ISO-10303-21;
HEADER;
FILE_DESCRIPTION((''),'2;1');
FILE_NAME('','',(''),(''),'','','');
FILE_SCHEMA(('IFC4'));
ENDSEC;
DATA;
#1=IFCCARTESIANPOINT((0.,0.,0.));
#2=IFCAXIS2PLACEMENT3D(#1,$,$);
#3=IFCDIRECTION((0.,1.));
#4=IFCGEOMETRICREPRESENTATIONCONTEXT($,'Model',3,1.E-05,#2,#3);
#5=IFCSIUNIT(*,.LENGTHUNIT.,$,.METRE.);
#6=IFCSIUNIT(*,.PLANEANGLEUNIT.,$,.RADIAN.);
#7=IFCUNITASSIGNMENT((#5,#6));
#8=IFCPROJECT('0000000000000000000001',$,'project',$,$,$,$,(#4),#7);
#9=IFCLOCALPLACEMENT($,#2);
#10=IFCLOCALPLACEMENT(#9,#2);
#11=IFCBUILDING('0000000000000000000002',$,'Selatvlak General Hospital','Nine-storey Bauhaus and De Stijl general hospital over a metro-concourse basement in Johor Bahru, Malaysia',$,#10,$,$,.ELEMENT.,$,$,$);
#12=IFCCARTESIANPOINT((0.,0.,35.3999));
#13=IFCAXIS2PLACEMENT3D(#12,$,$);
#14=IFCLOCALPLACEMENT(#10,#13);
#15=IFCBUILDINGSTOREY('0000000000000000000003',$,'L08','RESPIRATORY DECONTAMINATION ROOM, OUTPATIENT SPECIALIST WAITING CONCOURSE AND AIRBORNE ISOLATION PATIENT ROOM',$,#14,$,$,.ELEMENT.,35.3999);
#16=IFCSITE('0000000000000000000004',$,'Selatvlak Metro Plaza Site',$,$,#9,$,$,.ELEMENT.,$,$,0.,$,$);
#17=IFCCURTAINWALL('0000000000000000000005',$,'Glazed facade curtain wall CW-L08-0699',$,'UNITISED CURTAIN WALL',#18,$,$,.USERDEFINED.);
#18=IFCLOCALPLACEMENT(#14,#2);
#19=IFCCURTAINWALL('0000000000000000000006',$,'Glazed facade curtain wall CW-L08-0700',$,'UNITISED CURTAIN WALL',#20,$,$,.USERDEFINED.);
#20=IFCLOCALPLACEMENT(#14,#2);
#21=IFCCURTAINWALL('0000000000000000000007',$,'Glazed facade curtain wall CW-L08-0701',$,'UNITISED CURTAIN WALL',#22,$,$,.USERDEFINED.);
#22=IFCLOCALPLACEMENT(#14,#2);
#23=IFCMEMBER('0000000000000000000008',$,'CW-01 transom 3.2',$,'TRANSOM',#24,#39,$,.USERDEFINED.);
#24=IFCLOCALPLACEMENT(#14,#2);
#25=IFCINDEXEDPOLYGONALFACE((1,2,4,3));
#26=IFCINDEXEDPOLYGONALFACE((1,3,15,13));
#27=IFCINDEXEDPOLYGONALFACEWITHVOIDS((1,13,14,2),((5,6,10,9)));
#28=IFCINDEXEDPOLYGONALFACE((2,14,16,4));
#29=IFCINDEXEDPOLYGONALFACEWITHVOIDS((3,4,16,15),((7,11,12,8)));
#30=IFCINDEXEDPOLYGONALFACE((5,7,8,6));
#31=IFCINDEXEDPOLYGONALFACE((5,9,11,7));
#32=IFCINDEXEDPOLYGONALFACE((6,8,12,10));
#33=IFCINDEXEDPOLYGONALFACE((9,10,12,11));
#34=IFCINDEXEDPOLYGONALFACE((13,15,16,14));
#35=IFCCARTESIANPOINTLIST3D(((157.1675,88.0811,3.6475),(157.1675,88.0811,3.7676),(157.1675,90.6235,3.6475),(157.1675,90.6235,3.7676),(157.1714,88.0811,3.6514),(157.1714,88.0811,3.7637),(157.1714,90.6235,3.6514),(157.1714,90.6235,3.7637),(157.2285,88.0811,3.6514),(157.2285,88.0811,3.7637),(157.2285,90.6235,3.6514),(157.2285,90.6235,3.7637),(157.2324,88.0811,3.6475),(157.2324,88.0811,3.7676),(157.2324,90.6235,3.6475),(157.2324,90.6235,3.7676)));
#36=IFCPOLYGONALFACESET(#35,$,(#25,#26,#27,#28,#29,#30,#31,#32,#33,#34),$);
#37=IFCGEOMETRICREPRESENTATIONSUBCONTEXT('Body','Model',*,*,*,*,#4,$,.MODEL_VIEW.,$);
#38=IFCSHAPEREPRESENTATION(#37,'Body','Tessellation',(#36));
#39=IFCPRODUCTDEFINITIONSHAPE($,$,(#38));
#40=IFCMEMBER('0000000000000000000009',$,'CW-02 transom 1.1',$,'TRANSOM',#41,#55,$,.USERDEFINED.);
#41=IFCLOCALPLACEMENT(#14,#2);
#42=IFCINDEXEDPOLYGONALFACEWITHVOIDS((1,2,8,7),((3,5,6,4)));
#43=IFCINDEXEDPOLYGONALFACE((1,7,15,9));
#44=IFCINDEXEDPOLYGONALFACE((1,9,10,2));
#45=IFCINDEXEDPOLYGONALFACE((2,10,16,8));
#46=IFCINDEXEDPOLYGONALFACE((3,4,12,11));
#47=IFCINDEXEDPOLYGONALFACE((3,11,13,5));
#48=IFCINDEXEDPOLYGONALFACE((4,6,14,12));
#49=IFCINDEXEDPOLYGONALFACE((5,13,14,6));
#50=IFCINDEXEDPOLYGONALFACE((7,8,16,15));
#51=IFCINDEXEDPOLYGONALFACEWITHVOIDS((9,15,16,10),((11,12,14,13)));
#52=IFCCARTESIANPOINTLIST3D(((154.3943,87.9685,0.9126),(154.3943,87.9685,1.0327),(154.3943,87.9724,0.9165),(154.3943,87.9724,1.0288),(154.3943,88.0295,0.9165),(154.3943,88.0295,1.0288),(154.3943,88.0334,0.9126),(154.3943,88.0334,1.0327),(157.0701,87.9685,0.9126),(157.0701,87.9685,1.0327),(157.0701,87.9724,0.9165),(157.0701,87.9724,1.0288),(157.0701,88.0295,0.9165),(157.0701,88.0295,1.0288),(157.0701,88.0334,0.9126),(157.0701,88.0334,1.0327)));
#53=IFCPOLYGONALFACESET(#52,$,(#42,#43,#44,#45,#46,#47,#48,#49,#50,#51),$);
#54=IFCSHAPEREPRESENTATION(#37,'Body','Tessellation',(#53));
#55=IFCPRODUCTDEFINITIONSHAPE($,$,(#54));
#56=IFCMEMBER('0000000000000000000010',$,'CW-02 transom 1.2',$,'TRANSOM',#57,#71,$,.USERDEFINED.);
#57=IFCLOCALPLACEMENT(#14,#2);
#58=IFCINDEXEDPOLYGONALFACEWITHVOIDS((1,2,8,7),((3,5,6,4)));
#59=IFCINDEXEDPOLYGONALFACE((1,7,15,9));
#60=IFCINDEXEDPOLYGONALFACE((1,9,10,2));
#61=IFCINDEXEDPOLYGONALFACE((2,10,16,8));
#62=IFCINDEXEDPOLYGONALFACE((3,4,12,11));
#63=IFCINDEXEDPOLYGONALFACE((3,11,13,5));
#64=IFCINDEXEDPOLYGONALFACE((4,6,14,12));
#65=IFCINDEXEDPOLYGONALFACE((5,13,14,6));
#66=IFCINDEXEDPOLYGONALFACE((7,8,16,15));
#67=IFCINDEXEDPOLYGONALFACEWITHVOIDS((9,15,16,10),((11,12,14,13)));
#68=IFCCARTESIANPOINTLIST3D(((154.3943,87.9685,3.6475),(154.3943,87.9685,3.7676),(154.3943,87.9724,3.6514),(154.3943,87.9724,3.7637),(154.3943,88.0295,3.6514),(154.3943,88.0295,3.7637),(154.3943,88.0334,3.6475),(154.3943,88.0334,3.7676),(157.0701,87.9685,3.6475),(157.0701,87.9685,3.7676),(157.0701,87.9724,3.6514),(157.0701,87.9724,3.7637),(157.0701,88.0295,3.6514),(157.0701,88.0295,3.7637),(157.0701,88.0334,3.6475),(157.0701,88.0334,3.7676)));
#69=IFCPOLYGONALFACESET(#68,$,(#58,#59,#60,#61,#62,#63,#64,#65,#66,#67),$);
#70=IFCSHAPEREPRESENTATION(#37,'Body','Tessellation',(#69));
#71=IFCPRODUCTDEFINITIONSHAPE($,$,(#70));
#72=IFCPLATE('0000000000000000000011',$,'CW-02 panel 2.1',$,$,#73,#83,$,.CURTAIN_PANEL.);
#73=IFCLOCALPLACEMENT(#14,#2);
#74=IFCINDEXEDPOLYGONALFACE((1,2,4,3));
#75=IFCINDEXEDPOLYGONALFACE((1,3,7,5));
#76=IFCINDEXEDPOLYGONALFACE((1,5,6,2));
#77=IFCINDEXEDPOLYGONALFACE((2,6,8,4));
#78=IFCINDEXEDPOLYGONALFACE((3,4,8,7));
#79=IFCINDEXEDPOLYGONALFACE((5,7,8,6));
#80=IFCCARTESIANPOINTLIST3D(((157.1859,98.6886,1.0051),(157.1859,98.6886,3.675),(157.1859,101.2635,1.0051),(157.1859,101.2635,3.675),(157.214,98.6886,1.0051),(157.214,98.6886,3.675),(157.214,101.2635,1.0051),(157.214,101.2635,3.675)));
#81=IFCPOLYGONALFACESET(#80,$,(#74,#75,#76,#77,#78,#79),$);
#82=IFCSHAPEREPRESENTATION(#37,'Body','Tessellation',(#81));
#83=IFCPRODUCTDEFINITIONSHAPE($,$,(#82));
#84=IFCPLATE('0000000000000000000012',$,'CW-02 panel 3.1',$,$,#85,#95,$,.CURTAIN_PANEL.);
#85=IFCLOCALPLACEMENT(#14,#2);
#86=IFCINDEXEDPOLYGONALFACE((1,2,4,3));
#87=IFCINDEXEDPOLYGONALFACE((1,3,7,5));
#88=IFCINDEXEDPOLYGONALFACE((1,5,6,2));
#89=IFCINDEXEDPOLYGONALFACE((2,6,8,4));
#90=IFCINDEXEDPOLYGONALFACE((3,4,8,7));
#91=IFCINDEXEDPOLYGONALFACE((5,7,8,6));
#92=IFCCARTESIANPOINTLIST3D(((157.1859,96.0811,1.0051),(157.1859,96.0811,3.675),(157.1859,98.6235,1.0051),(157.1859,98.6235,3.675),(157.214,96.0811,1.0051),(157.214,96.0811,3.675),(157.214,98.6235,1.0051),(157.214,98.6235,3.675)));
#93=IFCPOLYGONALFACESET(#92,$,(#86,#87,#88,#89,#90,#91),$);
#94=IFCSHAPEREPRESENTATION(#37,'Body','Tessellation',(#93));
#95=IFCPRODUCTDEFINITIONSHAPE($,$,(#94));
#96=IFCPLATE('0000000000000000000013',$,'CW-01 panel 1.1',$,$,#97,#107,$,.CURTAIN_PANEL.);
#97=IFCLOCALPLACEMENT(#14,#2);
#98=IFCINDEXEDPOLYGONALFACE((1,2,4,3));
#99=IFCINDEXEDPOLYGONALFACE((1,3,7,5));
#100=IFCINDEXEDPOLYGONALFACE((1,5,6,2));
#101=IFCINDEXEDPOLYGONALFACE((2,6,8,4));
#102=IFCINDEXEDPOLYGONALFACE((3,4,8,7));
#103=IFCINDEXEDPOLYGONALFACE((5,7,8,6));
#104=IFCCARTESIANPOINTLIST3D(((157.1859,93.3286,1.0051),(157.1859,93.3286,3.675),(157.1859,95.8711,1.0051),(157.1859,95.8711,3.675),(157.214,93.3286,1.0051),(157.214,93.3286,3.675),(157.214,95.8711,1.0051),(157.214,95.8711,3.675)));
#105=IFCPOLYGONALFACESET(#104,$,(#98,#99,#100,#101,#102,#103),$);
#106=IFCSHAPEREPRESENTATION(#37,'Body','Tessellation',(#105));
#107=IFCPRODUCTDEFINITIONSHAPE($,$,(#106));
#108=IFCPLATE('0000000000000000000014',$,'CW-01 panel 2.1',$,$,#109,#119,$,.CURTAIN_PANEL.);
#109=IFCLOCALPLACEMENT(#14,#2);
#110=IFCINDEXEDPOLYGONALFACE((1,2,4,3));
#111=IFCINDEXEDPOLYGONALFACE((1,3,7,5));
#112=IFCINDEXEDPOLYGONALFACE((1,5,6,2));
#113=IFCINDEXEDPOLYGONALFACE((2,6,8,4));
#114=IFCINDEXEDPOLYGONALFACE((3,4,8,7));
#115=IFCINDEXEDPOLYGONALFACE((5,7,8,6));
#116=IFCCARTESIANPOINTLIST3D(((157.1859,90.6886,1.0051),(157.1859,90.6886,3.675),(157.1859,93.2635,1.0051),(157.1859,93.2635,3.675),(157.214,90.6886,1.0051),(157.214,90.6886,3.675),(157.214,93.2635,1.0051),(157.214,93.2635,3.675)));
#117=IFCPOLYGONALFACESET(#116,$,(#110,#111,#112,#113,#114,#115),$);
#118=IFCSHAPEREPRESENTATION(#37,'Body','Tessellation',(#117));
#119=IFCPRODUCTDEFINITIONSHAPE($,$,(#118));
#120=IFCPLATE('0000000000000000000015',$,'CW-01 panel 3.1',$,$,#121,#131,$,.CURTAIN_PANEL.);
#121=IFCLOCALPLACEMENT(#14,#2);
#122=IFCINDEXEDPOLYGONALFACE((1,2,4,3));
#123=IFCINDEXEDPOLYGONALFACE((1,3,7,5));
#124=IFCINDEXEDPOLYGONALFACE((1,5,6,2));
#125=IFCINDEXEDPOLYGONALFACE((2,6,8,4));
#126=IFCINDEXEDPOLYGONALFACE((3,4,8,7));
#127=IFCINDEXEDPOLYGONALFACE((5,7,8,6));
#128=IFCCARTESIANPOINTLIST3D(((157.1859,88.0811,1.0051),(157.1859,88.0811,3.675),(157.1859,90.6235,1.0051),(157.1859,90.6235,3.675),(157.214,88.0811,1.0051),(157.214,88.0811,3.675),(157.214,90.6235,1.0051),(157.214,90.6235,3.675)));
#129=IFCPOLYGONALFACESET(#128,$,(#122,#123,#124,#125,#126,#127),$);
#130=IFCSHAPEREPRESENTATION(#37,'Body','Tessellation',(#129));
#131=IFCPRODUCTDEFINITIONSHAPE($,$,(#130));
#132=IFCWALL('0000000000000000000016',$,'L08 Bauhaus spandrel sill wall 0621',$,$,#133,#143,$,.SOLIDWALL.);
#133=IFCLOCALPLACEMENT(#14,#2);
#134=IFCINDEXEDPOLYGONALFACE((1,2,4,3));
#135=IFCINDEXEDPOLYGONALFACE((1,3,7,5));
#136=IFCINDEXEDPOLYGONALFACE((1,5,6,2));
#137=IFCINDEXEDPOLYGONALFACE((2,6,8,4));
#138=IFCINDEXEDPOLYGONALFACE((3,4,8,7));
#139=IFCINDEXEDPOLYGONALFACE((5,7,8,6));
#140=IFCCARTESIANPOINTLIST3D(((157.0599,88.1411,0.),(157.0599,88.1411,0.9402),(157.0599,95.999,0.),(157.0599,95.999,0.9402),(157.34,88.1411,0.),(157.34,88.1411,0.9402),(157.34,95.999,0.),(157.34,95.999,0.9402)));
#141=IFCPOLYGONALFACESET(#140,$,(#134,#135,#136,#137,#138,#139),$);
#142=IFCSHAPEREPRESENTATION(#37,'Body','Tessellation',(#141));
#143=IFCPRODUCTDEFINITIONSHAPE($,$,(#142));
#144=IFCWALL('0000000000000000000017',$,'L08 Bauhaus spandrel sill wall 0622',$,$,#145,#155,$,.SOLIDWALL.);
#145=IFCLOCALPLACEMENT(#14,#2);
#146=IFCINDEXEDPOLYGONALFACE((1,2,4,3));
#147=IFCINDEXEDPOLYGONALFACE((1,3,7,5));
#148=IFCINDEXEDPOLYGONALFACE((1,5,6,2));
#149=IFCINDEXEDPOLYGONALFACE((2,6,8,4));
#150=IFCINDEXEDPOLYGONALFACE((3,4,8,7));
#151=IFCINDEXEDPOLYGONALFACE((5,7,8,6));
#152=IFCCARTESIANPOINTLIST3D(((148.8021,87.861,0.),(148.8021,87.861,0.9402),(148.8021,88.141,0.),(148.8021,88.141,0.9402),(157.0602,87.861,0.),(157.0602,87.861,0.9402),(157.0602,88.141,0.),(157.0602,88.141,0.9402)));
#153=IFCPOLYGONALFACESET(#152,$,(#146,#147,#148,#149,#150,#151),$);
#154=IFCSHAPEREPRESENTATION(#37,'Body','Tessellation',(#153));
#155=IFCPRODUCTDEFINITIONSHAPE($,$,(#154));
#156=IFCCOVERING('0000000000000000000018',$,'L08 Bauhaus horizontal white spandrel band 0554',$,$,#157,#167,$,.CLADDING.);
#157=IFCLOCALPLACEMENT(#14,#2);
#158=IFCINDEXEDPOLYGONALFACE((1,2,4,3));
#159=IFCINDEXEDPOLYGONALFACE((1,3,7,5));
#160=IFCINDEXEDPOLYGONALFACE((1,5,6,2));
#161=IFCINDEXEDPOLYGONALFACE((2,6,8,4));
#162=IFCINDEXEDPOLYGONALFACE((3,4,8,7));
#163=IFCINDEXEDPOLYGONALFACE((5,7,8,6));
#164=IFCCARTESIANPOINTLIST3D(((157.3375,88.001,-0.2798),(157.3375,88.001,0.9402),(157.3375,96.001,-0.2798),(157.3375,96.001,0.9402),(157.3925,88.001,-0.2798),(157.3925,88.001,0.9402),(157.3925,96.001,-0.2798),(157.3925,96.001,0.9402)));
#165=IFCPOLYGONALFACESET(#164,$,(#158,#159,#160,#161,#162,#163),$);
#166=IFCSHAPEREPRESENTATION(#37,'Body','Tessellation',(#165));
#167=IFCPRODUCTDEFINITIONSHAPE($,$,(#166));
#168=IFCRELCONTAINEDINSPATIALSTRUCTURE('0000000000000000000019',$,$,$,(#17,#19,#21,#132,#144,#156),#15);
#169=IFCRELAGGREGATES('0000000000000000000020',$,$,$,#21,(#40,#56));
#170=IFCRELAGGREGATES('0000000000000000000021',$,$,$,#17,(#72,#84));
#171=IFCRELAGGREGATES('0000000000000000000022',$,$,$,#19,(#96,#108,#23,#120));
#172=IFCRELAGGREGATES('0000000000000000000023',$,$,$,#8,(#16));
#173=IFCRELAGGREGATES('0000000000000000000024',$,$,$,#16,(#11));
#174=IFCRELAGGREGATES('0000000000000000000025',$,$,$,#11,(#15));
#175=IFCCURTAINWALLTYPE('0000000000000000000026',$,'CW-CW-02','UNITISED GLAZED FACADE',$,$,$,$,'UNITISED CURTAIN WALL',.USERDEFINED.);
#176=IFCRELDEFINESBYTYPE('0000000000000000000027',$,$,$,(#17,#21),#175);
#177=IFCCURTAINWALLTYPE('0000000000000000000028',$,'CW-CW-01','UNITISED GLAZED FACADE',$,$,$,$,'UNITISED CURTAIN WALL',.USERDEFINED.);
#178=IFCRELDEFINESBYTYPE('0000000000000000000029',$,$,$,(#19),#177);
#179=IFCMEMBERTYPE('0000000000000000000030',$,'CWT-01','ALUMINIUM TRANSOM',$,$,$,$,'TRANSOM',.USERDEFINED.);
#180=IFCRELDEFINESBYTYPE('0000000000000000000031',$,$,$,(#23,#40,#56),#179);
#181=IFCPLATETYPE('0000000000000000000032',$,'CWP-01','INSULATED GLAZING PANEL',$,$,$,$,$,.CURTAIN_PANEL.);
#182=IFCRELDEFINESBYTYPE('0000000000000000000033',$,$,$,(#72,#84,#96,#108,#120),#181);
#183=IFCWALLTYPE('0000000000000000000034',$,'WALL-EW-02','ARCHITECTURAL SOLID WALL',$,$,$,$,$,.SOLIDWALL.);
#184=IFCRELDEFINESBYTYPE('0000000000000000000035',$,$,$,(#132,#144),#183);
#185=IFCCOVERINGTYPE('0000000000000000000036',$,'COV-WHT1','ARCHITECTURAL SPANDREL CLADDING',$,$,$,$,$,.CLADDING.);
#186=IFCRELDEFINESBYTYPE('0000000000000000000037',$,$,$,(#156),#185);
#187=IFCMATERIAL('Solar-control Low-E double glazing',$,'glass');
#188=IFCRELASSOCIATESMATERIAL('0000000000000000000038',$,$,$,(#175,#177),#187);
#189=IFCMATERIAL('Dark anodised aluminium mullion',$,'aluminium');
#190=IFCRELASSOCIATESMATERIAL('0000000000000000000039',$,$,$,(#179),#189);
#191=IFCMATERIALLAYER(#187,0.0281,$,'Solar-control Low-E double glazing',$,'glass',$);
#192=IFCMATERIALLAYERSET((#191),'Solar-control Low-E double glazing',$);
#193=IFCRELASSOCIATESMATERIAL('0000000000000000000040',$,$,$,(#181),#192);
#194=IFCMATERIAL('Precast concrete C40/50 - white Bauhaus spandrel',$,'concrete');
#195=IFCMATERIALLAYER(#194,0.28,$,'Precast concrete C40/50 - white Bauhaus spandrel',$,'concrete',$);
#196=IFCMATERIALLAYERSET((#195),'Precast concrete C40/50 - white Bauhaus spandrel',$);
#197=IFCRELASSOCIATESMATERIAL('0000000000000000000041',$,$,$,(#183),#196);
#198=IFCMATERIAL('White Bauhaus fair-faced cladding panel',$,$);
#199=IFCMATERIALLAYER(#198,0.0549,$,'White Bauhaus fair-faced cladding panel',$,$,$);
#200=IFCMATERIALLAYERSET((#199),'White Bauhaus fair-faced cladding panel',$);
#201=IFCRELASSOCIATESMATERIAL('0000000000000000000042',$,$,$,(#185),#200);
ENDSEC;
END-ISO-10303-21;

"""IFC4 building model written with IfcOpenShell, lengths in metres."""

from ifc_helpers import new_model, si_unit, direction, frame, frame_2d, origin, origin_2d, place, context, subcontext, project, spatial, rectangle, hollow_rectangle, extrude, material, layer, layer_set, material_profile, profile_set, type_object, element, aggregate, save


model = new_model("IFC4")

# Units and contexts
model_context = context("Model", 3, precision=1e-05, world=origin(), true_north=direction((0.0, 1.0)))
body_context = subcontext(model_context, "Body", "Model", "MODEL_VIEW")
ifc_project = project(units=[si_unit("LENGTHUNIT", "METRE"), si_unit("PLANEANGLEUNIT", "RADIAN")], contexts=[model_context])

# Site, building, storey
site_placement = place(None, origin())
site = spatial("IfcSite", under=ifc_project, at=site_placement, Name="Selatvlak Metro Plaza Site", CompositionType="ELEMENT", RefElevation=0.0)
building_placement = place(site_placement, origin())
building = spatial("IfcBuilding", under=site, at=building_placement, Name="Selatvlak General Hospital", Description="Nine-storey Bauhaus and De Stijl general hospital over a metro-concourse basement in Johor Bahru, Malaysia", CompositionType="ELEMENT")
storey_placement = place(building_placement, frame((0.0, 0.0, 35.3999)))
storey = spatial("IfcBuildingStorey", under=building, at=storey_placement, Name="L08", Description="RESPIRATORY DECONTAMINATION ROOM, OUTPATIENT SPECIALIST WAITING CONCOURSE AND AIRBORNE ISOLATION PATIENT ROOM", CompositionType="ELEMENT", Elevation=35.3999)

# Curtain walls
ifc_material_1 = material(Name="Solar-control Low-E double glazing", Category="glass")
curtain_wall_type_1 = type_object("IfcCurtainWallType", Name="CW-CW-02", Description="UNITISED GLAZED FACADE", ElementType="UNITISED CURTAIN WALL", PredefinedType="USERDEFINED", material=ifc_material_1)
curtain_wall_1_placement = place(storey_placement, origin())
curtain_wall_1 = element("IfcCurtainWall", 1, at=curtain_wall_1_placement, inside=storey, type_object=curtain_wall_type_1, Name="Glazed facade curtain wall CW-L08-0699", ObjectType="UNITISED CURTAIN WALL", PredefinedType="USERDEFINED")
ifc_material_2 = material(Name="Dark anodised aluminium mullion", Category="aluminium")
curtain_wall_type_2 = type_object("IfcCurtainWallType", Name="CW-CW-01", Description="UNITISED GLAZED FACADE", ElementType="UNITISED CURTAIN WALL", PredefinedType="USERDEFINED", material=ifc_material_1)
curtain_wall_2_placement = place(storey_placement, origin())
curtain_wall_2 = element("IfcCurtainWall", 2, at=curtain_wall_2_placement, inside=storey, type_object=curtain_wall_type_2, Name="Glazed facade curtain wall CW-L08-0700", ObjectType="UNITISED CURTAIN WALL", PredefinedType="USERDEFINED")

# Curtain wall
curtain_wall_3_placement = place(storey_placement, origin())
curtain_wall_3 = element("IfcCurtainWall", 3, at=curtain_wall_3_placement, inside=storey, type_object=curtain_wall_type_1, Name="Glazed facade curtain wall CW-L08-0701", ObjectType="UNITISED CURTAIN WALL", PredefinedType="USERDEFINED")

# Members
ifc_material_profile_1 = material_profile(ifc_material_2, hollow_rectangle(XDim=0.0649, YDim=0.1201, WallThickness=0.0039, at=origin_2d()), Name="AL-TRN 65x120x4")
ifc_profile_set_1 = profile_set([ifc_material_profile_1], Name="Dark anodised aluminium mullion")
member_type_1 = type_object("IfcMemberType", Name="CWT-01", Description="ALUMINIUM TRANSOM", ElementType="TRANSOM", PredefinedType="USERDEFINED", material=ifc_profile_set_1)
member_1_placement = place(storey_placement, frame((157.2, 90.6235, 3.7075), z_axis=(0.0, -1.0, 0.0), x_axis=(1.0, 0.0, 0.0)))
member_1 = element("IfcMember", 4, at=member_1_placement, type_object=member_type_1, Name="CW-01 transom 3.2", ObjectType="TRANSOM", PredefinedType="USERDEFINED", context=body_context, shape_type="SweptSolid", body=[
    extrude(hollow_rectangle(XDim=0.0649, YDim=0.1201, WallThickness=0.0039, at=origin_2d()), origin(), (0.0, 0.0, 1.0), 2.5425),
])
member_2_placement = place(storey_placement, frame((157.0701, 88.001, 0.9727), z_axis=(-1.0, 0.0, 0.0), x_axis=(0.0, -1.0, 0.0)))
member_2 = element("IfcMember", 5, at=member_2_placement, type_object=member_type_1, Name="CW-02 transom 1.1", ObjectType="TRANSOM", PredefinedType="USERDEFINED", context=body_context, shape_type="SweptSolid", body=[
    extrude(hollow_rectangle(XDim=0.0649, YDim=0.1201, WallThickness=0.0039, at=origin_2d()), origin(), (0.0, 0.0, 1.0), 2.6758),
])
member_3_placement = place(storey_placement, frame((157.0701, 88.001, 3.7075), z_axis=(-1.0, 0.0, 0.0), x_axis=(0.0, -1.0, 0.0)))
member_3 = element("IfcMember", 6, at=member_3_placement, type_object=member_type_1, Name="CW-02 transom 1.2", ObjectType="TRANSOM", PredefinedType="USERDEFINED", context=body_context, shape_type="SweptSolid", body=[
    extrude(hollow_rectangle(XDim=0.0649, YDim=0.1201, WallThickness=0.0039, at=origin_2d()), origin(), (0.0, 0.0, 1.0), 2.6758),
])
aggregate(curtain_wall_3, [member_2, member_3])

# Plates
ifc_layer_1 = layer(ifc_material_1, 0.0281, Name="Solar-control Low-E double glazing", Category="glass")
ifc_layer_set_1 = layer_set([ifc_layer_1], Name="Solar-control Low-E double glazing")
plate_type = type_object("IfcPlateType", Name="CWP-01", Description="INSULATED GLAZING PANEL", PredefinedType="CURTAIN_PANEL", material=ifc_layer_set_1)
plate_1_placement = place(storey_placement, frame((157.2, 99.9761, 1.0051), z_axis=(0.0, 0.0, 1.0), x_axis=(0.0, -1.0, 0.0)))
plate_1 = element("IfcPlate", 7, at=plate_1_placement, type_object=plate_type, Name="CW-02 panel 2.1", PredefinedType="CURTAIN_PANEL", context=body_context, shape_type="SweptSolid", body=[
    extrude(rectangle(XDim=2.575, YDim=0.0281, at=origin_2d()), origin(), (0.0, 0.0, 1.0), 2.6699),
])
plate_2_placement = place(storey_placement, frame((157.2, 97.3523, 1.0051), z_axis=(0.0, 0.0, 1.0), x_axis=(0.0, -1.0, 0.0)))
plate_2 = element("IfcPlate", 8, at=plate_2_placement, type_object=plate_type, Name="CW-02 panel 3.1", PredefinedType="CURTAIN_PANEL", context=body_context, shape_type="SweptSolid", body=[
    extrude(rectangle(XDim=2.5425, YDim=0.0281, at=origin_2d()), origin(), (0.0, 0.0, 1.0), 2.6699),
])
aggregate(curtain_wall_1, [plate_1, plate_2])
plate_3_placement = place(storey_placement, frame((157.2, 94.5999, 1.0051), z_axis=(0.0, 0.0, 1.0), x_axis=(0.0, -1.0, 0.0)))
plate_3 = element("IfcPlate", 9, at=plate_3_placement, type_object=plate_type, Name="CW-01 panel 1.1", PredefinedType="CURTAIN_PANEL", context=body_context, shape_type="SweptSolid", body=[
    extrude(rectangle(XDim=2.5425, YDim=0.0281, at=origin_2d()), origin(), (0.0, 0.0, 1.0), 2.6699),
])
plate_4_placement = place(storey_placement, frame((157.2, 91.9761, 1.0051), z_axis=(0.0, 0.0, 1.0), x_axis=(0.0, -1.0, 0.0)))
plate_4 = element("IfcPlate", 10, at=plate_4_placement, type_object=plate_type, Name="CW-01 panel 2.1", PredefinedType="CURTAIN_PANEL", context=body_context, shape_type="SweptSolid", body=[
    extrude(rectangle(XDim=2.575, YDim=0.0281, at=origin_2d()), origin(), (0.0, 0.0, 1.0), 2.6699),
])
plate_5_placement = place(storey_placement, frame((157.2, 89.3523, 1.0051), z_axis=(0.0, 0.0, 1.0), x_axis=(0.0, -1.0, 0.0)))
plate_5 = element("IfcPlate", 11, at=plate_5_placement, type_object=plate_type, Name="CW-01 panel 3.1", PredefinedType="CURTAIN_PANEL", context=body_context, shape_type="SweptSolid", body=[
    extrude(rectangle(XDim=2.5425, YDim=0.0281, at=origin_2d()), origin(), (0.0, 0.0, 1.0), 2.6699),
])
aggregate(curtain_wall_2, [plate_3, plate_4, member_1, plate_5])

# Walls
ifc_material_3 = material(Name="Precast concrete C40/50 - white Bauhaus spandrel", Category="concrete")
ifc_layer_2 = layer(ifc_material_3, 0.28, Name="Precast concrete C40/50 - white Bauhaus spandrel", Category="concrete")
ifc_layer_set_2 = layer_set([ifc_layer_2], Name="Precast concrete C40/50 - white Bauhaus spandrel")
wall_type = type_object("IfcWallType", Name="WALL-EW-02", Description="ARCHITECTURAL SOLID WALL", PredefinedType="SOLIDWALL", material=ifc_layer_set_2)
wall_1_placement = place(storey_placement, frame((157.2, 95.999, 0.0), z_axis=(0.0, 0.0, 1.0), x_axis=(0.0, -1.0, 0.0)))
element("IfcWall", 12, at=wall_1_placement, inside=storey, type_object=wall_type, Name="L08 Bauhaus spandrel sill wall 0621", PredefinedType="SOLIDWALL", context=body_context, shape_type="SweptSolid", body=[
    extrude(rectangle(XDim=7.8579, YDim=0.28, at=frame_2d((3.929, 0.0))), origin(), (0.0, 0.0, 1.0), 0.9402),
])
wall_2_placement = place(storey_placement, frame((157.0601, 88.001, 0.0), z_axis=(0.0, 0.0, 1.0), x_axis=(-1.0, 0.0, 0.0)))
element("IfcWall", 13, at=wall_2_placement, inside=storey, type_object=wall_type, Name="L08 Bauhaus spandrel sill wall 0622", PredefinedType="SOLIDWALL", context=body_context, shape_type="SweptSolid", body=[
    extrude(rectangle(XDim=8.2581, YDim=0.28, at=frame_2d((4.1289, 0.0))), origin(), (0.0, 0.0, 1.0), 0.9402),
])

# Covering
ifc_material_4 = material(Name="White Bauhaus fair-faced cladding panel")
ifc_layer_3 = layer(ifc_material_4, 0.0549, Name="White Bauhaus fair-faced cladding panel")
ifc_layer_set_3 = layer_set([ifc_layer_3], Name="White Bauhaus fair-faced cladding panel")
covering_type = type_object("IfcCoveringType", Name="COV-WHT1", Description="ARCHITECTURAL SPANDREL CLADDING", PredefinedType="CLADDING", material=ifc_layer_set_3)
covering_placement = place(storey_placement, frame((157.365, 92.001, -0.2798), z_axis=(0.0, 0.0, 1.0), x_axis=(0.0, -1.0, 0.0)))
element("IfcCovering", 14, at=covering_placement, inside=storey, type_object=covering_type, Name="L08 Bauhaus horizontal white spandrel band 0554", PredefinedType="CLADDING", context=body_context, shape_type="SweptSolid", body=[
    extrude(rectangle(XDim=8.0, YDim=0.0549, at=origin_2d()), origin(), (0.0, 0.0, 1.0), 1.22),
])

save(model, "model.ifc")
